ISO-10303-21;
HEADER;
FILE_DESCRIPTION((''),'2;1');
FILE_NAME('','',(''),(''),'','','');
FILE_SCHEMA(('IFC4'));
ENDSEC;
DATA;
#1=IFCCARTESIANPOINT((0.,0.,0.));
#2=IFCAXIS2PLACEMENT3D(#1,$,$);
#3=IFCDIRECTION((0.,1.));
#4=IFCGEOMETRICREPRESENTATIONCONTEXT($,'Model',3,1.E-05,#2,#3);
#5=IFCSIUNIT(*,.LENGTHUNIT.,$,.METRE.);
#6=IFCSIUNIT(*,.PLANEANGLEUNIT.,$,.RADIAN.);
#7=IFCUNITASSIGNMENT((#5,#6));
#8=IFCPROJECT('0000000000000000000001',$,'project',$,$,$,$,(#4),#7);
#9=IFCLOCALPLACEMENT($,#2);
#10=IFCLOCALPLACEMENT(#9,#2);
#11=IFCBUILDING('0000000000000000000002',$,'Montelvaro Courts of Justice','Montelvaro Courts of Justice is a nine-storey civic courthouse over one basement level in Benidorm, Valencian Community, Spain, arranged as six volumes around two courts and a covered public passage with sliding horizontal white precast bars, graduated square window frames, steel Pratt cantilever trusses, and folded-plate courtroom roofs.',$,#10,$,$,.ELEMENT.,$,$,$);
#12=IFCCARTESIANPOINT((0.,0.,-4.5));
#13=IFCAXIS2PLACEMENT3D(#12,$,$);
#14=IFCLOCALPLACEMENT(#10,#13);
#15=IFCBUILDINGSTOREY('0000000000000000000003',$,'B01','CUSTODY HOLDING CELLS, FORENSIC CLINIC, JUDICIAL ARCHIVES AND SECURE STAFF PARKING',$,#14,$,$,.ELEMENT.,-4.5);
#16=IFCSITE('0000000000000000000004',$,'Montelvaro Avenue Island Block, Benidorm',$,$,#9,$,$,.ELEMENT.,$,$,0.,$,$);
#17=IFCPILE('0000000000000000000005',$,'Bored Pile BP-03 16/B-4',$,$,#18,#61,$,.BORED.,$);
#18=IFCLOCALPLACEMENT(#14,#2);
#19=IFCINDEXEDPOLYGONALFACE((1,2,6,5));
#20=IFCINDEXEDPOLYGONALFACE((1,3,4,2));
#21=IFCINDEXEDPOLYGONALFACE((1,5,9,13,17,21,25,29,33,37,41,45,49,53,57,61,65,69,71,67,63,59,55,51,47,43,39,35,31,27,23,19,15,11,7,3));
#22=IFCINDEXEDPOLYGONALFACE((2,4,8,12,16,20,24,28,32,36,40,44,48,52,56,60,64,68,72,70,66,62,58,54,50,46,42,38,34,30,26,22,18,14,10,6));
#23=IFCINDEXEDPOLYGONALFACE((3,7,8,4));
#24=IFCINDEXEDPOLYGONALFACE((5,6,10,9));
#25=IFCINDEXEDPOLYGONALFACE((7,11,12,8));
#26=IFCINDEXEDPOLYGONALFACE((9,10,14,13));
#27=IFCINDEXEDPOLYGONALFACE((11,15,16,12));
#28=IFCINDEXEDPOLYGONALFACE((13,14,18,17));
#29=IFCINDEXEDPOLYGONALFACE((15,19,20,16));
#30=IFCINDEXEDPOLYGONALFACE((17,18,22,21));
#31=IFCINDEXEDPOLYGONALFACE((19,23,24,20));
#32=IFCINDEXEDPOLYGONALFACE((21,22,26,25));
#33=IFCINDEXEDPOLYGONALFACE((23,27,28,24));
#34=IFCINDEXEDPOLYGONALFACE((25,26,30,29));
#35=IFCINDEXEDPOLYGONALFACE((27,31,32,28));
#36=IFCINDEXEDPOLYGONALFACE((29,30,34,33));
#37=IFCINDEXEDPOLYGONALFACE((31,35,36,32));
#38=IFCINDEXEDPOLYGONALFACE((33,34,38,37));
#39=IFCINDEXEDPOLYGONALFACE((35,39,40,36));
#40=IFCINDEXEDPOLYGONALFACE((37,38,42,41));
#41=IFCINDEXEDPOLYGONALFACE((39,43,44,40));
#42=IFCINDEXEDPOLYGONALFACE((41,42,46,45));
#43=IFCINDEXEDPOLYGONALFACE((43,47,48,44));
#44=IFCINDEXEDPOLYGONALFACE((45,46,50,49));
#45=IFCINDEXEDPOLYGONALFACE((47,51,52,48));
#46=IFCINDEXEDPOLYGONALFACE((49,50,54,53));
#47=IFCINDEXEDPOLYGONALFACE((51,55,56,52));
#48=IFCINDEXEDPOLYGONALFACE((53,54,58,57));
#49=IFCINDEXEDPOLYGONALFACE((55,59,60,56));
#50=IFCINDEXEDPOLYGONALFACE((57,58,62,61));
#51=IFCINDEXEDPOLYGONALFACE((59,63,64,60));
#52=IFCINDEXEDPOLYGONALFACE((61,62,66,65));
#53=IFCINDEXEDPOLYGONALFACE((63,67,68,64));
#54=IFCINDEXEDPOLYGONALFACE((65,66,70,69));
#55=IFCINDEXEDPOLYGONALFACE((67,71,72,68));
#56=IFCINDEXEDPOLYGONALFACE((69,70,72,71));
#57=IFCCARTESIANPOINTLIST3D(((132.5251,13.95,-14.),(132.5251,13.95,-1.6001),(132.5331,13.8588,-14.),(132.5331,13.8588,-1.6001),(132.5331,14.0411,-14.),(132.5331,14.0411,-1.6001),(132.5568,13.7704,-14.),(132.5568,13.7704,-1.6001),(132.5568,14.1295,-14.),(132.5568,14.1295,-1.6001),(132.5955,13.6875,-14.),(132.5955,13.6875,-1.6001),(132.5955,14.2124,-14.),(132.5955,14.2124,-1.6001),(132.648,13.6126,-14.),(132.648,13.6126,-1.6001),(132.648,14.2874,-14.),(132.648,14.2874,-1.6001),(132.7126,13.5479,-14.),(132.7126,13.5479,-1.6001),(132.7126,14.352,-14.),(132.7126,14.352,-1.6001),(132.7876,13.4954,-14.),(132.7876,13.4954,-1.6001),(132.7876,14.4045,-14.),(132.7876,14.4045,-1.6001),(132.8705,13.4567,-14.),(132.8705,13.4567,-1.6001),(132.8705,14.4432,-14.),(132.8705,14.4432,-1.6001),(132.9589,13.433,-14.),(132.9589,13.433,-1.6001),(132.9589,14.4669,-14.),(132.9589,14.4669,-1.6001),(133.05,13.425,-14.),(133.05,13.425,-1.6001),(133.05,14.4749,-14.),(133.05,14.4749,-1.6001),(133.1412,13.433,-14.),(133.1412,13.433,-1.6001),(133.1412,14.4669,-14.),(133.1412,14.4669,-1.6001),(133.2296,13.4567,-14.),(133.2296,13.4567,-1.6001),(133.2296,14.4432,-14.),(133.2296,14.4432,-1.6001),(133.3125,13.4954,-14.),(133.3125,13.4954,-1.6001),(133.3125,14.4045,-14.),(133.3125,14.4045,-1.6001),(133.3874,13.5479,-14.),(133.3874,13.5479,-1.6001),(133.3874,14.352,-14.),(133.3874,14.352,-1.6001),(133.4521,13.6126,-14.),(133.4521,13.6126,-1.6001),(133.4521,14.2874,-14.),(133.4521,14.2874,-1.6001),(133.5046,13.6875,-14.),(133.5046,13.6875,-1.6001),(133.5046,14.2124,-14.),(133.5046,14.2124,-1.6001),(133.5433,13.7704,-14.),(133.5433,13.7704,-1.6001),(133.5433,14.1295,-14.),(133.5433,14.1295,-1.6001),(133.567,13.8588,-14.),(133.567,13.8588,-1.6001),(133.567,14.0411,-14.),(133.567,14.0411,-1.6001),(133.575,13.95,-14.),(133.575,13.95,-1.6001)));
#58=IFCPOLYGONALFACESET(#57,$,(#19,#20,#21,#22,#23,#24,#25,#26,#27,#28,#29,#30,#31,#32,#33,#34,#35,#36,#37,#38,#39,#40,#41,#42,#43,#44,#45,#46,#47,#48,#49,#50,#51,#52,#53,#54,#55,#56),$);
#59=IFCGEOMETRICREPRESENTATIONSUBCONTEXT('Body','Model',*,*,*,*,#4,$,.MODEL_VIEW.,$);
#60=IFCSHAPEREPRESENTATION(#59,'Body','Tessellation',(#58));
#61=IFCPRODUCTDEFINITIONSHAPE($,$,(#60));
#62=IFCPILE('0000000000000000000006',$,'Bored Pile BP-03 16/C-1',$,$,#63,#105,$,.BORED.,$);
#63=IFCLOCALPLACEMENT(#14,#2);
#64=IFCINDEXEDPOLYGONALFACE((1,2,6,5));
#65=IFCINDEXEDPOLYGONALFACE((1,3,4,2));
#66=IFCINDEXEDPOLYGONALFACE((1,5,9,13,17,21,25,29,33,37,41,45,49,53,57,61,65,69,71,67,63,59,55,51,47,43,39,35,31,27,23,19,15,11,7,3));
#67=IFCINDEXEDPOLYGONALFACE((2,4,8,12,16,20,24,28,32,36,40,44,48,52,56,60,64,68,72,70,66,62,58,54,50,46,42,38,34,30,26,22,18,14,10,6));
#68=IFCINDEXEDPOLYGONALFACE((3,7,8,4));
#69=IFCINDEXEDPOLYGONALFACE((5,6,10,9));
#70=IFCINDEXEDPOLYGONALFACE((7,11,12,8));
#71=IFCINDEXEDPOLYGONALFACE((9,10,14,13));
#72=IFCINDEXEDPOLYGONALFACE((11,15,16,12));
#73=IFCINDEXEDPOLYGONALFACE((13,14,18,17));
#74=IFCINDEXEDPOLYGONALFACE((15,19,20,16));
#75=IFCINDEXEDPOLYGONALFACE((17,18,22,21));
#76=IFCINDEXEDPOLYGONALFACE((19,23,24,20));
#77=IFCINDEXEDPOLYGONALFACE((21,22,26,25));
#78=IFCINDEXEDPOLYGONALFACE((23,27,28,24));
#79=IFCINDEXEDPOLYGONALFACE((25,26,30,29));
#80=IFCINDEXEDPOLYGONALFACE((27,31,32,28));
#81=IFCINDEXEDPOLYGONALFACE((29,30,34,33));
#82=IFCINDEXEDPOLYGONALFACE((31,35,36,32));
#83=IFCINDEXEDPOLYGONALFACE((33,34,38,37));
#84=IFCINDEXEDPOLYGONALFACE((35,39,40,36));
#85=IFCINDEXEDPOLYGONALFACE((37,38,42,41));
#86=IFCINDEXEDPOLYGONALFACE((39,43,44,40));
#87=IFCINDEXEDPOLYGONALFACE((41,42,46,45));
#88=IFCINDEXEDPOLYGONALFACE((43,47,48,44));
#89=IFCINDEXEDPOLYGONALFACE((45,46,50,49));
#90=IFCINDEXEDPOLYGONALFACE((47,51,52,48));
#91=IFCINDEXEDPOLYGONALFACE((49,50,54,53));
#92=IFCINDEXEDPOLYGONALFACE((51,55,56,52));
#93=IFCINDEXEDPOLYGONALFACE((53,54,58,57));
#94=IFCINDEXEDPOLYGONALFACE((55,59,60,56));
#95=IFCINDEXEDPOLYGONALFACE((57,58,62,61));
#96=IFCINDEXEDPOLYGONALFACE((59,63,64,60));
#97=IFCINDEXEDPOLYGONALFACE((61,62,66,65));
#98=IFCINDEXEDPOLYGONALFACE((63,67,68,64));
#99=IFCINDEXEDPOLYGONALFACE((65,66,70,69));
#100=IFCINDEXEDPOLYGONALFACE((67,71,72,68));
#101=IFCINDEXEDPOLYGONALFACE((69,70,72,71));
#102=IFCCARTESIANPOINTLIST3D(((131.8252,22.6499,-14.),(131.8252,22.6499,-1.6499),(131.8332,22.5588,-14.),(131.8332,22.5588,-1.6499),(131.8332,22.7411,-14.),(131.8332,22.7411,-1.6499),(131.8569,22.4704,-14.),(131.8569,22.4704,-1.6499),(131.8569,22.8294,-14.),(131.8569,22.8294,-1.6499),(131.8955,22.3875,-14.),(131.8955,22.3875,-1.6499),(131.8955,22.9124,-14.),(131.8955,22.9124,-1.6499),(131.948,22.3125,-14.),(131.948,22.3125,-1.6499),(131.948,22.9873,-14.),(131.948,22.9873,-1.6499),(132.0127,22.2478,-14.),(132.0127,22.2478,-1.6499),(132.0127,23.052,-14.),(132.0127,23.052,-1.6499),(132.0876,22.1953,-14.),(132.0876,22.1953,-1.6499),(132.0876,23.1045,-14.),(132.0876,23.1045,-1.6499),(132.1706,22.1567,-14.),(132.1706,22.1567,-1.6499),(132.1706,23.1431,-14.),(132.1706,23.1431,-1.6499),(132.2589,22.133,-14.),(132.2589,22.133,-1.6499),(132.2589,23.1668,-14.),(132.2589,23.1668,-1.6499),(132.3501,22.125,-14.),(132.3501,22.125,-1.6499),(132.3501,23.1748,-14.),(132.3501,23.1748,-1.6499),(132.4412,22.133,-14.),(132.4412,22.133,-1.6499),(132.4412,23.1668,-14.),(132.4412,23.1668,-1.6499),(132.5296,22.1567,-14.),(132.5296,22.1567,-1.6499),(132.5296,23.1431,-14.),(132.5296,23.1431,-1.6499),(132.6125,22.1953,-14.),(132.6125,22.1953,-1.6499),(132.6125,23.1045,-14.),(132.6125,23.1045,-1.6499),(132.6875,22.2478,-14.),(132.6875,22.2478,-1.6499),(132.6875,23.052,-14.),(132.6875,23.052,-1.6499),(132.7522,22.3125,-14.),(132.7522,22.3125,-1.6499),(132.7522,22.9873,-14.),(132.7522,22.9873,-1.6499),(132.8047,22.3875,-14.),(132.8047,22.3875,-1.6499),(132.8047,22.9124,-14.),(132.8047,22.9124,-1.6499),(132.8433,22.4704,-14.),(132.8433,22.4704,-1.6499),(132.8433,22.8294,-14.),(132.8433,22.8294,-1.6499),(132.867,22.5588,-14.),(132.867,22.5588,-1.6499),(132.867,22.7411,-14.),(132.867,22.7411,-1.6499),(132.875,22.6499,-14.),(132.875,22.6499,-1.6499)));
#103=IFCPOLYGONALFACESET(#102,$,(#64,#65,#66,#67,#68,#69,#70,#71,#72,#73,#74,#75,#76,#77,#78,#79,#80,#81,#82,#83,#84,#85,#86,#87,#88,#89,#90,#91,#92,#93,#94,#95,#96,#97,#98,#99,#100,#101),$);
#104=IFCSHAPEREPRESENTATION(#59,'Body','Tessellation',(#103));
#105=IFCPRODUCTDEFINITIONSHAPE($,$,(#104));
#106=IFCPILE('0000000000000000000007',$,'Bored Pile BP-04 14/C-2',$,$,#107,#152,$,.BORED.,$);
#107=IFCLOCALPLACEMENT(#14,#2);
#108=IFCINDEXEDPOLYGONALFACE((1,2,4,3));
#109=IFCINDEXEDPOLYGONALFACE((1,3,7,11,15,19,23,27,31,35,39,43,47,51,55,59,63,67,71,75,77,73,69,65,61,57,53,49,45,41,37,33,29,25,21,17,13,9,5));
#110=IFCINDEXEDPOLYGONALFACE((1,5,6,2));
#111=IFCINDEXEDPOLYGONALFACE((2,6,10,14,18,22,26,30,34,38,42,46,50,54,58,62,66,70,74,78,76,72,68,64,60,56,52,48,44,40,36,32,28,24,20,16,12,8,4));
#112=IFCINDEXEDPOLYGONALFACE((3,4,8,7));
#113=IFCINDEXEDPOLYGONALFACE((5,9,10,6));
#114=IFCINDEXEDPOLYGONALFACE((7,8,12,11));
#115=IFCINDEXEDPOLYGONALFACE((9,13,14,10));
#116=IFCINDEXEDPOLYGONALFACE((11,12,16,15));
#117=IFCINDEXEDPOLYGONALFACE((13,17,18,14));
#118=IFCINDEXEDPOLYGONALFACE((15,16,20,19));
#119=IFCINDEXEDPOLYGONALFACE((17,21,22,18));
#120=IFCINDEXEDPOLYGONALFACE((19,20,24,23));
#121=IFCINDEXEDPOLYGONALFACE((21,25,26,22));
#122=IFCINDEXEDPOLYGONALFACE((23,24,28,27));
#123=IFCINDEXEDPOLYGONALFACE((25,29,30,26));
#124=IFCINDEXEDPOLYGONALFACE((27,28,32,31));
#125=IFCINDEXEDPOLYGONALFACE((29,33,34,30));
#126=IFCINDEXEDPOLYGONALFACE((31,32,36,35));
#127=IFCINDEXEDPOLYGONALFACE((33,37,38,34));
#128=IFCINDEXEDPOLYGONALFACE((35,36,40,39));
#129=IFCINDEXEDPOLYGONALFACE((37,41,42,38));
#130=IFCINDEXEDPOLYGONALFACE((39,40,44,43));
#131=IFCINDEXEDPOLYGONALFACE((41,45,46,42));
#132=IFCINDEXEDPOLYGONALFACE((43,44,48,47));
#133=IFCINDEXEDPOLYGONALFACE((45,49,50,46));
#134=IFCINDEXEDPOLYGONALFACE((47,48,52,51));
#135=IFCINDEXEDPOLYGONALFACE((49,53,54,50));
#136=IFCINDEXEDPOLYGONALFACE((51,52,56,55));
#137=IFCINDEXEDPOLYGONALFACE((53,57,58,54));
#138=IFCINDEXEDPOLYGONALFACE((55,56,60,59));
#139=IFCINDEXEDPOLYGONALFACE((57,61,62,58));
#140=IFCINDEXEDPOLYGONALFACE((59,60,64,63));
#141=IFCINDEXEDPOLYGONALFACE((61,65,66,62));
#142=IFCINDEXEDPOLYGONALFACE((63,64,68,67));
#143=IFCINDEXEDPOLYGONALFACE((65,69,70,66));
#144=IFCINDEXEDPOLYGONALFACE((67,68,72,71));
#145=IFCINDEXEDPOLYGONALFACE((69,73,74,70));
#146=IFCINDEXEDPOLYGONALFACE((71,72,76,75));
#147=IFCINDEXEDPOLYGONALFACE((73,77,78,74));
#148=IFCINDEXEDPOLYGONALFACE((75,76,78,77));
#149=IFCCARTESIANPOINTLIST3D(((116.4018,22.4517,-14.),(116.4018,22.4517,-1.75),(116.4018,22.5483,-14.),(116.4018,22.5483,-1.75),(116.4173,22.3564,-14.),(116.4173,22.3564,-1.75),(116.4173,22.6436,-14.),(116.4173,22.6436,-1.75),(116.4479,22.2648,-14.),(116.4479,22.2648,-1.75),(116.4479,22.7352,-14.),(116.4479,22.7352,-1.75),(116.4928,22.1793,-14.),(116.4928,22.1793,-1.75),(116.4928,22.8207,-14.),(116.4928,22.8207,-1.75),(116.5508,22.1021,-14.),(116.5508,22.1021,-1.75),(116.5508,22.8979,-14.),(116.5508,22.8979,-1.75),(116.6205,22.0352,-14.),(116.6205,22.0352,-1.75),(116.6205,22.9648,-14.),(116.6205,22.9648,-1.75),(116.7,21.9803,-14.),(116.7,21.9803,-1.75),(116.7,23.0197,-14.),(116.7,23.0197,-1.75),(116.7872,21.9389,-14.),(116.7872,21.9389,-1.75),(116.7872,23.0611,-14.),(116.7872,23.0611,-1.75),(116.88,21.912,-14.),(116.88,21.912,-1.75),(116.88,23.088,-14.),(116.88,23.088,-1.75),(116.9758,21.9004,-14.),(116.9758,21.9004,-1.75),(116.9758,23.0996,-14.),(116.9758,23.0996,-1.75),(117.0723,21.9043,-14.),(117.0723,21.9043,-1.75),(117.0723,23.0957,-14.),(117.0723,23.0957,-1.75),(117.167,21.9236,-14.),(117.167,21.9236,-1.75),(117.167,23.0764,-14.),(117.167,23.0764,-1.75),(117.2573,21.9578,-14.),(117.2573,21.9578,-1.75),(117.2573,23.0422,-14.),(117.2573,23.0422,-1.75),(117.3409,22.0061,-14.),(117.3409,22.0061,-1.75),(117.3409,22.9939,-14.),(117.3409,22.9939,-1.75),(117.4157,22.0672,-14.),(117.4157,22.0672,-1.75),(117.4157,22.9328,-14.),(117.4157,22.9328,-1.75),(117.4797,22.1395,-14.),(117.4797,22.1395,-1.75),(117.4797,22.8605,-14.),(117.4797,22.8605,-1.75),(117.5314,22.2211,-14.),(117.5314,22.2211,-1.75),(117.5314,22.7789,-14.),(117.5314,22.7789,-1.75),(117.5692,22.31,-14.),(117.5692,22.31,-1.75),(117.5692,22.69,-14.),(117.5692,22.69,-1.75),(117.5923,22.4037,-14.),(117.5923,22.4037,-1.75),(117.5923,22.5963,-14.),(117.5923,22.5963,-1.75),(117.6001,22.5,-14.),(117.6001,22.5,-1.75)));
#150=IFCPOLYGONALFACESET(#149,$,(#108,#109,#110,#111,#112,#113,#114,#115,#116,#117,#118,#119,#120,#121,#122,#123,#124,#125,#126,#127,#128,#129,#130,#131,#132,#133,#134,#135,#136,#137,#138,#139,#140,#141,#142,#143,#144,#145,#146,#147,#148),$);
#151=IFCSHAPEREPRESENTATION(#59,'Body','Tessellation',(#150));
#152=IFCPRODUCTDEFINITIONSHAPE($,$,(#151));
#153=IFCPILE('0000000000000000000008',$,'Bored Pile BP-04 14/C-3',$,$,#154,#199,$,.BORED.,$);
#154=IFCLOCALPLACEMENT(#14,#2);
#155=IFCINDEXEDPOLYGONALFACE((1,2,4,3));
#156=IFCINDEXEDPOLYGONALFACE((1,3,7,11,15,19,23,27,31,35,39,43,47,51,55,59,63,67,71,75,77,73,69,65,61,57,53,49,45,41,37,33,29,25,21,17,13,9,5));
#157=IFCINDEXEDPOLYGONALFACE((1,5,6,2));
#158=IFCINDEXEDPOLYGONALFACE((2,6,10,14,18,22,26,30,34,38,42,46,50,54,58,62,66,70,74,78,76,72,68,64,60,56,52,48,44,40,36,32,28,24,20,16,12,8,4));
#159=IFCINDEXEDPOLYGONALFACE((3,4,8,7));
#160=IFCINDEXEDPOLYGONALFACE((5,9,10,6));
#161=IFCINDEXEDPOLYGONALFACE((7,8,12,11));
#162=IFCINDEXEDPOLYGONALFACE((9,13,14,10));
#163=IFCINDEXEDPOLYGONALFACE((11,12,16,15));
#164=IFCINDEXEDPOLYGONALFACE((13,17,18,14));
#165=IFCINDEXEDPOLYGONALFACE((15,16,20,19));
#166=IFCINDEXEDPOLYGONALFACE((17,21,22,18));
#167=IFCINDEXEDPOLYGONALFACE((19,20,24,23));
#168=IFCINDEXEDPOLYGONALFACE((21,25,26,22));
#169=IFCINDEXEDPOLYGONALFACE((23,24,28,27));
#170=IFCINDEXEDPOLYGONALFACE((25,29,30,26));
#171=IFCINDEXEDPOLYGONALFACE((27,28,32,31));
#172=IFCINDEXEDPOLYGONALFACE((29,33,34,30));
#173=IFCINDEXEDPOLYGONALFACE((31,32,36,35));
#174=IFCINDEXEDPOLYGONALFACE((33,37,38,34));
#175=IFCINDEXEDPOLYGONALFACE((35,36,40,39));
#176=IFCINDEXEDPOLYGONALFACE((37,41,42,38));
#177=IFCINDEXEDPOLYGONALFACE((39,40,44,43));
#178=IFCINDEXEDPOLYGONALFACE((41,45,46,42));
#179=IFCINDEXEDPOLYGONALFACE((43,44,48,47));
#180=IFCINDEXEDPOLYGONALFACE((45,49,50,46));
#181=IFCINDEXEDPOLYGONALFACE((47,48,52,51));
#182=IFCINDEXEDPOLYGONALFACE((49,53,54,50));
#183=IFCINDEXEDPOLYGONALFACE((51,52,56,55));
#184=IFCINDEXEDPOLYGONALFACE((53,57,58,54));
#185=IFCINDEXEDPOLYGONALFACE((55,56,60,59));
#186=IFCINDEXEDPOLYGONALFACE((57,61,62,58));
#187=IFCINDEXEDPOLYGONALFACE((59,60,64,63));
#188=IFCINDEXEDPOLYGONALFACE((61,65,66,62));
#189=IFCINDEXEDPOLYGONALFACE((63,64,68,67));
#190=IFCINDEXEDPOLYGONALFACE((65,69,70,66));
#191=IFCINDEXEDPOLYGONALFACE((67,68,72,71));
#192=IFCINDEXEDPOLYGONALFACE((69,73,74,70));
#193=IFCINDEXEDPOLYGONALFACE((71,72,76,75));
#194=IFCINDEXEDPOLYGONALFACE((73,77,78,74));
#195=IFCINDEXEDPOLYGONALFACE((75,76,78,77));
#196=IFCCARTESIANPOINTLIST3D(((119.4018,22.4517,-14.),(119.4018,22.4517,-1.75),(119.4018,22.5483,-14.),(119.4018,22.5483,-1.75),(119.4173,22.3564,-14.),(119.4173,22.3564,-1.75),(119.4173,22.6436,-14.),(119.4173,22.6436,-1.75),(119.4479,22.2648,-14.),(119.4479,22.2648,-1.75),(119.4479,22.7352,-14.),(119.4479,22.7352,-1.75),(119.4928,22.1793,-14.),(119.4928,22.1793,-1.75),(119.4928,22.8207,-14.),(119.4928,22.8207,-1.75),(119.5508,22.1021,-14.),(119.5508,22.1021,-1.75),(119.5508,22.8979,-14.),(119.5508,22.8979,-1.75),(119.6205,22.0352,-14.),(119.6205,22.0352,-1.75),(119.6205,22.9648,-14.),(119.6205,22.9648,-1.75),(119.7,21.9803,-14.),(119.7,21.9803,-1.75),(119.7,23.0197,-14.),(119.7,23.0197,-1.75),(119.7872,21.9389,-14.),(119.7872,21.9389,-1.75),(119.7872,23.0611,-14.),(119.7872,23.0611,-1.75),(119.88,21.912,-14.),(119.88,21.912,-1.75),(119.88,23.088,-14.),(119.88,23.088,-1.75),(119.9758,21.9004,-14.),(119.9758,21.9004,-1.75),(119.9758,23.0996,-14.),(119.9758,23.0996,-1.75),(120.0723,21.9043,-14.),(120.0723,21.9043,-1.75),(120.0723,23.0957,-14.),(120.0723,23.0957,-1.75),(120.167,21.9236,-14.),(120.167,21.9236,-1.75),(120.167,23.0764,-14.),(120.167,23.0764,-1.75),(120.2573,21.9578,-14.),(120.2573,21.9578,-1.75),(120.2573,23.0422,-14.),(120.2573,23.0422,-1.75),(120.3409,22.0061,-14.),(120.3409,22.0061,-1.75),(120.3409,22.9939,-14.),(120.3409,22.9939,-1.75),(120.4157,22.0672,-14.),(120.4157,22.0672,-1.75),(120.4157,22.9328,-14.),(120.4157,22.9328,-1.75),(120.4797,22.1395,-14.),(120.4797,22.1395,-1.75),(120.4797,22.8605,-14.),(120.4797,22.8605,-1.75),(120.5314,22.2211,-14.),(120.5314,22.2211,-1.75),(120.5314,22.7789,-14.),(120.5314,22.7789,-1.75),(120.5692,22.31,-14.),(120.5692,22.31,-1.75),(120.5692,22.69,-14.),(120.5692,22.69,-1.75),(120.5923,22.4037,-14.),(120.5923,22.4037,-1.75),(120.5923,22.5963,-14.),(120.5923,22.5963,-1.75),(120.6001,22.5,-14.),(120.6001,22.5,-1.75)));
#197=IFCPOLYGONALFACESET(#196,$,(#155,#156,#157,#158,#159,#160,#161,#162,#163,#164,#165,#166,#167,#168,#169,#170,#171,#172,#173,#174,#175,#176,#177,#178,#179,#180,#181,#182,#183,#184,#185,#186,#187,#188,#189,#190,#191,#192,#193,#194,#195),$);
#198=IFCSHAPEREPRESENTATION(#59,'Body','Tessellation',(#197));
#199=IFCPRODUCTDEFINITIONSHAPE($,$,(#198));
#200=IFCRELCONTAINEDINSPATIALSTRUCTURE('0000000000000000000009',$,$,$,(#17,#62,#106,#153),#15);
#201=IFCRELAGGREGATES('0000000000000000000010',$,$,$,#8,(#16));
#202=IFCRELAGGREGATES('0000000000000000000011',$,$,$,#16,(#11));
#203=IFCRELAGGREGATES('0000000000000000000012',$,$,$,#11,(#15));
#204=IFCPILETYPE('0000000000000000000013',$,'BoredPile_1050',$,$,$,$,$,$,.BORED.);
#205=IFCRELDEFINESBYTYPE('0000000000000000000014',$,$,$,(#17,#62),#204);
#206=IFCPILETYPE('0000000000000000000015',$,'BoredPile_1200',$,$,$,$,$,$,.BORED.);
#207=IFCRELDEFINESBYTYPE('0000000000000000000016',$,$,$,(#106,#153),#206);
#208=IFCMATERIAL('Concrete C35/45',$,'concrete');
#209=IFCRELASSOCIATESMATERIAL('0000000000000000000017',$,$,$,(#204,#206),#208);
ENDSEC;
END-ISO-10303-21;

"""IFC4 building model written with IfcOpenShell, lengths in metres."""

from ifc_helpers import new_model, si_unit, direction, frame, origin, origin_2d, place, context, subcontext, project, spatial, circle, extrude, material, material_profile, profile_set, type_object, element, save


model = new_model("IFC4")

# Units and contexts
model_context = context("Model", 3, precision=1e-05, world=origin(), true_north=direction((0.0, 1.0)))
body_context = subcontext(model_context, "Body", "Model", "MODEL_VIEW")
ifc_project = project(units=[si_unit("LENGTHUNIT", "METRE"), si_unit("PLANEANGLEUNIT", "RADIAN")], contexts=[model_context])

# Site, building, storey
site_placement = place(None, origin())
site = spatial("IfcSite", under=ifc_project, at=site_placement, Name="Montelvaro Avenue Island Block, Benidorm", CompositionType="ELEMENT", RefElevation=0.0)
building_placement = place(site_placement, origin())
building = spatial("IfcBuilding", under=site, at=building_placement, Name="Montelvaro Courts of Justice", Description="Montelvaro Courts of Justice is a nine-storey civic courthouse over one basement level in Benidorm, Valencian Community, Spain, arranged as six volumes around two courts and a covered public passage with sliding horizontal white precast bars, graduated square window frames, steel Pratt cantilever trusses, and folded-plate courtroom roofs.", CompositionType="ELEMENT")
storey_placement = place(building_placement, frame((0.0, 0.0, -4.5)))
storey = spatial("IfcBuildingStorey", under=building, at=storey_placement, Name="B01", Description="CUSTODY HOLDING CELLS, FORENSIC CLINIC, JUDICIAL ARCHIVES AND SECURE STAFF PARKING", CompositionType="ELEMENT", Elevation=-4.5)

# Piles
ifc_material_1 = material(Name="Concrete C35/45", Category="concrete")
ifc_material_profile_1 = material_profile(ifc_material_1, circle(Radius=0.5249, at=origin_2d()), Name="BORED PILE D1050")
ifc_profile_set_1 = profile_set([ifc_material_profile_1], Name="Concrete C35/45")
pile_type_1 = type_object("IfcPileType", Name="BoredPile_1050", PredefinedType="BORED", material=ifc_profile_set_1)
for number, where, z_axis, x_axis, name in (
    (1, (133.05, 13.95, -1.6001), (0.0, 0.0, -1.0), (1.0, 0.0, 0.0), "Bored Pile BP-03 16/B-4"),
):
    element("IfcPile", number, at=place(storey_placement, frame(where, z_axis=z_axis, x_axis=x_axis)), inside=storey, type_object=pile_type_1, Name=name, PredefinedType="BORED", context=body_context, shape_type="SweptSolid", body=[
        extrude(circle(Radius=0.5249, at=origin_2d()), origin(), (0.0, 0.0, 1.0), 12.3999),
    ])
pile_placement = place(storey_placement, frame((132.3501, 22.6499, -1.6499), z_axis=(0.0, 0.0, -1.0), x_axis=(1.0, 0.0, 0.0)))
element("IfcPile", 2, at=pile_placement, inside=storey, type_object=pile_type_1, Name="Bored Pile BP-03 16/C-1", PredefinedType="BORED", context=body_context, shape_type="SweptSolid", body=[
    extrude(circle(Radius=0.5249, at=origin_2d()), origin(), (0.0, 0.0, 1.0), 12.3501),
])
ifc_material_profile_2 = material_profile(ifc_material_1, circle(Radius=0.6001, at=origin_2d()), Name="BORED PILE D1200")
ifc_profile_set_2 = profile_set([ifc_material_profile_2], Name="Concrete C35/45")
pile_type_2 = type_object("IfcPileType", Name="BoredPile_1200", PredefinedType="BORED", material=ifc_profile_set_2)
for number, where, z_axis, x_axis, name in (
    (3, (117.0, 22.5, -1.75), (0.0, 0.0, -1.0), (1.0, 0.0, 0.0), "Bored Pile BP-04 14/C-2"),
    (4, (120.0, 22.5, -1.75), (0.0, 0.0, -1.0), (1.0, 0.0, 0.0), "Bored Pile BP-04 14/C-3"),
):
    element("IfcPile", number, at=place(storey_placement, frame(where, z_axis=z_axis, x_axis=x_axis)), inside=storey, type_object=pile_type_2, Name=name, PredefinedType="BORED", context=body_context, shape_type="SweptSolid", body=[
        extrude(circle(Radius=0.6001, at=origin_2d()), origin(), (0.0, 0.0, 1.0), 12.25),
    ])

save(model, "model.ifc")
